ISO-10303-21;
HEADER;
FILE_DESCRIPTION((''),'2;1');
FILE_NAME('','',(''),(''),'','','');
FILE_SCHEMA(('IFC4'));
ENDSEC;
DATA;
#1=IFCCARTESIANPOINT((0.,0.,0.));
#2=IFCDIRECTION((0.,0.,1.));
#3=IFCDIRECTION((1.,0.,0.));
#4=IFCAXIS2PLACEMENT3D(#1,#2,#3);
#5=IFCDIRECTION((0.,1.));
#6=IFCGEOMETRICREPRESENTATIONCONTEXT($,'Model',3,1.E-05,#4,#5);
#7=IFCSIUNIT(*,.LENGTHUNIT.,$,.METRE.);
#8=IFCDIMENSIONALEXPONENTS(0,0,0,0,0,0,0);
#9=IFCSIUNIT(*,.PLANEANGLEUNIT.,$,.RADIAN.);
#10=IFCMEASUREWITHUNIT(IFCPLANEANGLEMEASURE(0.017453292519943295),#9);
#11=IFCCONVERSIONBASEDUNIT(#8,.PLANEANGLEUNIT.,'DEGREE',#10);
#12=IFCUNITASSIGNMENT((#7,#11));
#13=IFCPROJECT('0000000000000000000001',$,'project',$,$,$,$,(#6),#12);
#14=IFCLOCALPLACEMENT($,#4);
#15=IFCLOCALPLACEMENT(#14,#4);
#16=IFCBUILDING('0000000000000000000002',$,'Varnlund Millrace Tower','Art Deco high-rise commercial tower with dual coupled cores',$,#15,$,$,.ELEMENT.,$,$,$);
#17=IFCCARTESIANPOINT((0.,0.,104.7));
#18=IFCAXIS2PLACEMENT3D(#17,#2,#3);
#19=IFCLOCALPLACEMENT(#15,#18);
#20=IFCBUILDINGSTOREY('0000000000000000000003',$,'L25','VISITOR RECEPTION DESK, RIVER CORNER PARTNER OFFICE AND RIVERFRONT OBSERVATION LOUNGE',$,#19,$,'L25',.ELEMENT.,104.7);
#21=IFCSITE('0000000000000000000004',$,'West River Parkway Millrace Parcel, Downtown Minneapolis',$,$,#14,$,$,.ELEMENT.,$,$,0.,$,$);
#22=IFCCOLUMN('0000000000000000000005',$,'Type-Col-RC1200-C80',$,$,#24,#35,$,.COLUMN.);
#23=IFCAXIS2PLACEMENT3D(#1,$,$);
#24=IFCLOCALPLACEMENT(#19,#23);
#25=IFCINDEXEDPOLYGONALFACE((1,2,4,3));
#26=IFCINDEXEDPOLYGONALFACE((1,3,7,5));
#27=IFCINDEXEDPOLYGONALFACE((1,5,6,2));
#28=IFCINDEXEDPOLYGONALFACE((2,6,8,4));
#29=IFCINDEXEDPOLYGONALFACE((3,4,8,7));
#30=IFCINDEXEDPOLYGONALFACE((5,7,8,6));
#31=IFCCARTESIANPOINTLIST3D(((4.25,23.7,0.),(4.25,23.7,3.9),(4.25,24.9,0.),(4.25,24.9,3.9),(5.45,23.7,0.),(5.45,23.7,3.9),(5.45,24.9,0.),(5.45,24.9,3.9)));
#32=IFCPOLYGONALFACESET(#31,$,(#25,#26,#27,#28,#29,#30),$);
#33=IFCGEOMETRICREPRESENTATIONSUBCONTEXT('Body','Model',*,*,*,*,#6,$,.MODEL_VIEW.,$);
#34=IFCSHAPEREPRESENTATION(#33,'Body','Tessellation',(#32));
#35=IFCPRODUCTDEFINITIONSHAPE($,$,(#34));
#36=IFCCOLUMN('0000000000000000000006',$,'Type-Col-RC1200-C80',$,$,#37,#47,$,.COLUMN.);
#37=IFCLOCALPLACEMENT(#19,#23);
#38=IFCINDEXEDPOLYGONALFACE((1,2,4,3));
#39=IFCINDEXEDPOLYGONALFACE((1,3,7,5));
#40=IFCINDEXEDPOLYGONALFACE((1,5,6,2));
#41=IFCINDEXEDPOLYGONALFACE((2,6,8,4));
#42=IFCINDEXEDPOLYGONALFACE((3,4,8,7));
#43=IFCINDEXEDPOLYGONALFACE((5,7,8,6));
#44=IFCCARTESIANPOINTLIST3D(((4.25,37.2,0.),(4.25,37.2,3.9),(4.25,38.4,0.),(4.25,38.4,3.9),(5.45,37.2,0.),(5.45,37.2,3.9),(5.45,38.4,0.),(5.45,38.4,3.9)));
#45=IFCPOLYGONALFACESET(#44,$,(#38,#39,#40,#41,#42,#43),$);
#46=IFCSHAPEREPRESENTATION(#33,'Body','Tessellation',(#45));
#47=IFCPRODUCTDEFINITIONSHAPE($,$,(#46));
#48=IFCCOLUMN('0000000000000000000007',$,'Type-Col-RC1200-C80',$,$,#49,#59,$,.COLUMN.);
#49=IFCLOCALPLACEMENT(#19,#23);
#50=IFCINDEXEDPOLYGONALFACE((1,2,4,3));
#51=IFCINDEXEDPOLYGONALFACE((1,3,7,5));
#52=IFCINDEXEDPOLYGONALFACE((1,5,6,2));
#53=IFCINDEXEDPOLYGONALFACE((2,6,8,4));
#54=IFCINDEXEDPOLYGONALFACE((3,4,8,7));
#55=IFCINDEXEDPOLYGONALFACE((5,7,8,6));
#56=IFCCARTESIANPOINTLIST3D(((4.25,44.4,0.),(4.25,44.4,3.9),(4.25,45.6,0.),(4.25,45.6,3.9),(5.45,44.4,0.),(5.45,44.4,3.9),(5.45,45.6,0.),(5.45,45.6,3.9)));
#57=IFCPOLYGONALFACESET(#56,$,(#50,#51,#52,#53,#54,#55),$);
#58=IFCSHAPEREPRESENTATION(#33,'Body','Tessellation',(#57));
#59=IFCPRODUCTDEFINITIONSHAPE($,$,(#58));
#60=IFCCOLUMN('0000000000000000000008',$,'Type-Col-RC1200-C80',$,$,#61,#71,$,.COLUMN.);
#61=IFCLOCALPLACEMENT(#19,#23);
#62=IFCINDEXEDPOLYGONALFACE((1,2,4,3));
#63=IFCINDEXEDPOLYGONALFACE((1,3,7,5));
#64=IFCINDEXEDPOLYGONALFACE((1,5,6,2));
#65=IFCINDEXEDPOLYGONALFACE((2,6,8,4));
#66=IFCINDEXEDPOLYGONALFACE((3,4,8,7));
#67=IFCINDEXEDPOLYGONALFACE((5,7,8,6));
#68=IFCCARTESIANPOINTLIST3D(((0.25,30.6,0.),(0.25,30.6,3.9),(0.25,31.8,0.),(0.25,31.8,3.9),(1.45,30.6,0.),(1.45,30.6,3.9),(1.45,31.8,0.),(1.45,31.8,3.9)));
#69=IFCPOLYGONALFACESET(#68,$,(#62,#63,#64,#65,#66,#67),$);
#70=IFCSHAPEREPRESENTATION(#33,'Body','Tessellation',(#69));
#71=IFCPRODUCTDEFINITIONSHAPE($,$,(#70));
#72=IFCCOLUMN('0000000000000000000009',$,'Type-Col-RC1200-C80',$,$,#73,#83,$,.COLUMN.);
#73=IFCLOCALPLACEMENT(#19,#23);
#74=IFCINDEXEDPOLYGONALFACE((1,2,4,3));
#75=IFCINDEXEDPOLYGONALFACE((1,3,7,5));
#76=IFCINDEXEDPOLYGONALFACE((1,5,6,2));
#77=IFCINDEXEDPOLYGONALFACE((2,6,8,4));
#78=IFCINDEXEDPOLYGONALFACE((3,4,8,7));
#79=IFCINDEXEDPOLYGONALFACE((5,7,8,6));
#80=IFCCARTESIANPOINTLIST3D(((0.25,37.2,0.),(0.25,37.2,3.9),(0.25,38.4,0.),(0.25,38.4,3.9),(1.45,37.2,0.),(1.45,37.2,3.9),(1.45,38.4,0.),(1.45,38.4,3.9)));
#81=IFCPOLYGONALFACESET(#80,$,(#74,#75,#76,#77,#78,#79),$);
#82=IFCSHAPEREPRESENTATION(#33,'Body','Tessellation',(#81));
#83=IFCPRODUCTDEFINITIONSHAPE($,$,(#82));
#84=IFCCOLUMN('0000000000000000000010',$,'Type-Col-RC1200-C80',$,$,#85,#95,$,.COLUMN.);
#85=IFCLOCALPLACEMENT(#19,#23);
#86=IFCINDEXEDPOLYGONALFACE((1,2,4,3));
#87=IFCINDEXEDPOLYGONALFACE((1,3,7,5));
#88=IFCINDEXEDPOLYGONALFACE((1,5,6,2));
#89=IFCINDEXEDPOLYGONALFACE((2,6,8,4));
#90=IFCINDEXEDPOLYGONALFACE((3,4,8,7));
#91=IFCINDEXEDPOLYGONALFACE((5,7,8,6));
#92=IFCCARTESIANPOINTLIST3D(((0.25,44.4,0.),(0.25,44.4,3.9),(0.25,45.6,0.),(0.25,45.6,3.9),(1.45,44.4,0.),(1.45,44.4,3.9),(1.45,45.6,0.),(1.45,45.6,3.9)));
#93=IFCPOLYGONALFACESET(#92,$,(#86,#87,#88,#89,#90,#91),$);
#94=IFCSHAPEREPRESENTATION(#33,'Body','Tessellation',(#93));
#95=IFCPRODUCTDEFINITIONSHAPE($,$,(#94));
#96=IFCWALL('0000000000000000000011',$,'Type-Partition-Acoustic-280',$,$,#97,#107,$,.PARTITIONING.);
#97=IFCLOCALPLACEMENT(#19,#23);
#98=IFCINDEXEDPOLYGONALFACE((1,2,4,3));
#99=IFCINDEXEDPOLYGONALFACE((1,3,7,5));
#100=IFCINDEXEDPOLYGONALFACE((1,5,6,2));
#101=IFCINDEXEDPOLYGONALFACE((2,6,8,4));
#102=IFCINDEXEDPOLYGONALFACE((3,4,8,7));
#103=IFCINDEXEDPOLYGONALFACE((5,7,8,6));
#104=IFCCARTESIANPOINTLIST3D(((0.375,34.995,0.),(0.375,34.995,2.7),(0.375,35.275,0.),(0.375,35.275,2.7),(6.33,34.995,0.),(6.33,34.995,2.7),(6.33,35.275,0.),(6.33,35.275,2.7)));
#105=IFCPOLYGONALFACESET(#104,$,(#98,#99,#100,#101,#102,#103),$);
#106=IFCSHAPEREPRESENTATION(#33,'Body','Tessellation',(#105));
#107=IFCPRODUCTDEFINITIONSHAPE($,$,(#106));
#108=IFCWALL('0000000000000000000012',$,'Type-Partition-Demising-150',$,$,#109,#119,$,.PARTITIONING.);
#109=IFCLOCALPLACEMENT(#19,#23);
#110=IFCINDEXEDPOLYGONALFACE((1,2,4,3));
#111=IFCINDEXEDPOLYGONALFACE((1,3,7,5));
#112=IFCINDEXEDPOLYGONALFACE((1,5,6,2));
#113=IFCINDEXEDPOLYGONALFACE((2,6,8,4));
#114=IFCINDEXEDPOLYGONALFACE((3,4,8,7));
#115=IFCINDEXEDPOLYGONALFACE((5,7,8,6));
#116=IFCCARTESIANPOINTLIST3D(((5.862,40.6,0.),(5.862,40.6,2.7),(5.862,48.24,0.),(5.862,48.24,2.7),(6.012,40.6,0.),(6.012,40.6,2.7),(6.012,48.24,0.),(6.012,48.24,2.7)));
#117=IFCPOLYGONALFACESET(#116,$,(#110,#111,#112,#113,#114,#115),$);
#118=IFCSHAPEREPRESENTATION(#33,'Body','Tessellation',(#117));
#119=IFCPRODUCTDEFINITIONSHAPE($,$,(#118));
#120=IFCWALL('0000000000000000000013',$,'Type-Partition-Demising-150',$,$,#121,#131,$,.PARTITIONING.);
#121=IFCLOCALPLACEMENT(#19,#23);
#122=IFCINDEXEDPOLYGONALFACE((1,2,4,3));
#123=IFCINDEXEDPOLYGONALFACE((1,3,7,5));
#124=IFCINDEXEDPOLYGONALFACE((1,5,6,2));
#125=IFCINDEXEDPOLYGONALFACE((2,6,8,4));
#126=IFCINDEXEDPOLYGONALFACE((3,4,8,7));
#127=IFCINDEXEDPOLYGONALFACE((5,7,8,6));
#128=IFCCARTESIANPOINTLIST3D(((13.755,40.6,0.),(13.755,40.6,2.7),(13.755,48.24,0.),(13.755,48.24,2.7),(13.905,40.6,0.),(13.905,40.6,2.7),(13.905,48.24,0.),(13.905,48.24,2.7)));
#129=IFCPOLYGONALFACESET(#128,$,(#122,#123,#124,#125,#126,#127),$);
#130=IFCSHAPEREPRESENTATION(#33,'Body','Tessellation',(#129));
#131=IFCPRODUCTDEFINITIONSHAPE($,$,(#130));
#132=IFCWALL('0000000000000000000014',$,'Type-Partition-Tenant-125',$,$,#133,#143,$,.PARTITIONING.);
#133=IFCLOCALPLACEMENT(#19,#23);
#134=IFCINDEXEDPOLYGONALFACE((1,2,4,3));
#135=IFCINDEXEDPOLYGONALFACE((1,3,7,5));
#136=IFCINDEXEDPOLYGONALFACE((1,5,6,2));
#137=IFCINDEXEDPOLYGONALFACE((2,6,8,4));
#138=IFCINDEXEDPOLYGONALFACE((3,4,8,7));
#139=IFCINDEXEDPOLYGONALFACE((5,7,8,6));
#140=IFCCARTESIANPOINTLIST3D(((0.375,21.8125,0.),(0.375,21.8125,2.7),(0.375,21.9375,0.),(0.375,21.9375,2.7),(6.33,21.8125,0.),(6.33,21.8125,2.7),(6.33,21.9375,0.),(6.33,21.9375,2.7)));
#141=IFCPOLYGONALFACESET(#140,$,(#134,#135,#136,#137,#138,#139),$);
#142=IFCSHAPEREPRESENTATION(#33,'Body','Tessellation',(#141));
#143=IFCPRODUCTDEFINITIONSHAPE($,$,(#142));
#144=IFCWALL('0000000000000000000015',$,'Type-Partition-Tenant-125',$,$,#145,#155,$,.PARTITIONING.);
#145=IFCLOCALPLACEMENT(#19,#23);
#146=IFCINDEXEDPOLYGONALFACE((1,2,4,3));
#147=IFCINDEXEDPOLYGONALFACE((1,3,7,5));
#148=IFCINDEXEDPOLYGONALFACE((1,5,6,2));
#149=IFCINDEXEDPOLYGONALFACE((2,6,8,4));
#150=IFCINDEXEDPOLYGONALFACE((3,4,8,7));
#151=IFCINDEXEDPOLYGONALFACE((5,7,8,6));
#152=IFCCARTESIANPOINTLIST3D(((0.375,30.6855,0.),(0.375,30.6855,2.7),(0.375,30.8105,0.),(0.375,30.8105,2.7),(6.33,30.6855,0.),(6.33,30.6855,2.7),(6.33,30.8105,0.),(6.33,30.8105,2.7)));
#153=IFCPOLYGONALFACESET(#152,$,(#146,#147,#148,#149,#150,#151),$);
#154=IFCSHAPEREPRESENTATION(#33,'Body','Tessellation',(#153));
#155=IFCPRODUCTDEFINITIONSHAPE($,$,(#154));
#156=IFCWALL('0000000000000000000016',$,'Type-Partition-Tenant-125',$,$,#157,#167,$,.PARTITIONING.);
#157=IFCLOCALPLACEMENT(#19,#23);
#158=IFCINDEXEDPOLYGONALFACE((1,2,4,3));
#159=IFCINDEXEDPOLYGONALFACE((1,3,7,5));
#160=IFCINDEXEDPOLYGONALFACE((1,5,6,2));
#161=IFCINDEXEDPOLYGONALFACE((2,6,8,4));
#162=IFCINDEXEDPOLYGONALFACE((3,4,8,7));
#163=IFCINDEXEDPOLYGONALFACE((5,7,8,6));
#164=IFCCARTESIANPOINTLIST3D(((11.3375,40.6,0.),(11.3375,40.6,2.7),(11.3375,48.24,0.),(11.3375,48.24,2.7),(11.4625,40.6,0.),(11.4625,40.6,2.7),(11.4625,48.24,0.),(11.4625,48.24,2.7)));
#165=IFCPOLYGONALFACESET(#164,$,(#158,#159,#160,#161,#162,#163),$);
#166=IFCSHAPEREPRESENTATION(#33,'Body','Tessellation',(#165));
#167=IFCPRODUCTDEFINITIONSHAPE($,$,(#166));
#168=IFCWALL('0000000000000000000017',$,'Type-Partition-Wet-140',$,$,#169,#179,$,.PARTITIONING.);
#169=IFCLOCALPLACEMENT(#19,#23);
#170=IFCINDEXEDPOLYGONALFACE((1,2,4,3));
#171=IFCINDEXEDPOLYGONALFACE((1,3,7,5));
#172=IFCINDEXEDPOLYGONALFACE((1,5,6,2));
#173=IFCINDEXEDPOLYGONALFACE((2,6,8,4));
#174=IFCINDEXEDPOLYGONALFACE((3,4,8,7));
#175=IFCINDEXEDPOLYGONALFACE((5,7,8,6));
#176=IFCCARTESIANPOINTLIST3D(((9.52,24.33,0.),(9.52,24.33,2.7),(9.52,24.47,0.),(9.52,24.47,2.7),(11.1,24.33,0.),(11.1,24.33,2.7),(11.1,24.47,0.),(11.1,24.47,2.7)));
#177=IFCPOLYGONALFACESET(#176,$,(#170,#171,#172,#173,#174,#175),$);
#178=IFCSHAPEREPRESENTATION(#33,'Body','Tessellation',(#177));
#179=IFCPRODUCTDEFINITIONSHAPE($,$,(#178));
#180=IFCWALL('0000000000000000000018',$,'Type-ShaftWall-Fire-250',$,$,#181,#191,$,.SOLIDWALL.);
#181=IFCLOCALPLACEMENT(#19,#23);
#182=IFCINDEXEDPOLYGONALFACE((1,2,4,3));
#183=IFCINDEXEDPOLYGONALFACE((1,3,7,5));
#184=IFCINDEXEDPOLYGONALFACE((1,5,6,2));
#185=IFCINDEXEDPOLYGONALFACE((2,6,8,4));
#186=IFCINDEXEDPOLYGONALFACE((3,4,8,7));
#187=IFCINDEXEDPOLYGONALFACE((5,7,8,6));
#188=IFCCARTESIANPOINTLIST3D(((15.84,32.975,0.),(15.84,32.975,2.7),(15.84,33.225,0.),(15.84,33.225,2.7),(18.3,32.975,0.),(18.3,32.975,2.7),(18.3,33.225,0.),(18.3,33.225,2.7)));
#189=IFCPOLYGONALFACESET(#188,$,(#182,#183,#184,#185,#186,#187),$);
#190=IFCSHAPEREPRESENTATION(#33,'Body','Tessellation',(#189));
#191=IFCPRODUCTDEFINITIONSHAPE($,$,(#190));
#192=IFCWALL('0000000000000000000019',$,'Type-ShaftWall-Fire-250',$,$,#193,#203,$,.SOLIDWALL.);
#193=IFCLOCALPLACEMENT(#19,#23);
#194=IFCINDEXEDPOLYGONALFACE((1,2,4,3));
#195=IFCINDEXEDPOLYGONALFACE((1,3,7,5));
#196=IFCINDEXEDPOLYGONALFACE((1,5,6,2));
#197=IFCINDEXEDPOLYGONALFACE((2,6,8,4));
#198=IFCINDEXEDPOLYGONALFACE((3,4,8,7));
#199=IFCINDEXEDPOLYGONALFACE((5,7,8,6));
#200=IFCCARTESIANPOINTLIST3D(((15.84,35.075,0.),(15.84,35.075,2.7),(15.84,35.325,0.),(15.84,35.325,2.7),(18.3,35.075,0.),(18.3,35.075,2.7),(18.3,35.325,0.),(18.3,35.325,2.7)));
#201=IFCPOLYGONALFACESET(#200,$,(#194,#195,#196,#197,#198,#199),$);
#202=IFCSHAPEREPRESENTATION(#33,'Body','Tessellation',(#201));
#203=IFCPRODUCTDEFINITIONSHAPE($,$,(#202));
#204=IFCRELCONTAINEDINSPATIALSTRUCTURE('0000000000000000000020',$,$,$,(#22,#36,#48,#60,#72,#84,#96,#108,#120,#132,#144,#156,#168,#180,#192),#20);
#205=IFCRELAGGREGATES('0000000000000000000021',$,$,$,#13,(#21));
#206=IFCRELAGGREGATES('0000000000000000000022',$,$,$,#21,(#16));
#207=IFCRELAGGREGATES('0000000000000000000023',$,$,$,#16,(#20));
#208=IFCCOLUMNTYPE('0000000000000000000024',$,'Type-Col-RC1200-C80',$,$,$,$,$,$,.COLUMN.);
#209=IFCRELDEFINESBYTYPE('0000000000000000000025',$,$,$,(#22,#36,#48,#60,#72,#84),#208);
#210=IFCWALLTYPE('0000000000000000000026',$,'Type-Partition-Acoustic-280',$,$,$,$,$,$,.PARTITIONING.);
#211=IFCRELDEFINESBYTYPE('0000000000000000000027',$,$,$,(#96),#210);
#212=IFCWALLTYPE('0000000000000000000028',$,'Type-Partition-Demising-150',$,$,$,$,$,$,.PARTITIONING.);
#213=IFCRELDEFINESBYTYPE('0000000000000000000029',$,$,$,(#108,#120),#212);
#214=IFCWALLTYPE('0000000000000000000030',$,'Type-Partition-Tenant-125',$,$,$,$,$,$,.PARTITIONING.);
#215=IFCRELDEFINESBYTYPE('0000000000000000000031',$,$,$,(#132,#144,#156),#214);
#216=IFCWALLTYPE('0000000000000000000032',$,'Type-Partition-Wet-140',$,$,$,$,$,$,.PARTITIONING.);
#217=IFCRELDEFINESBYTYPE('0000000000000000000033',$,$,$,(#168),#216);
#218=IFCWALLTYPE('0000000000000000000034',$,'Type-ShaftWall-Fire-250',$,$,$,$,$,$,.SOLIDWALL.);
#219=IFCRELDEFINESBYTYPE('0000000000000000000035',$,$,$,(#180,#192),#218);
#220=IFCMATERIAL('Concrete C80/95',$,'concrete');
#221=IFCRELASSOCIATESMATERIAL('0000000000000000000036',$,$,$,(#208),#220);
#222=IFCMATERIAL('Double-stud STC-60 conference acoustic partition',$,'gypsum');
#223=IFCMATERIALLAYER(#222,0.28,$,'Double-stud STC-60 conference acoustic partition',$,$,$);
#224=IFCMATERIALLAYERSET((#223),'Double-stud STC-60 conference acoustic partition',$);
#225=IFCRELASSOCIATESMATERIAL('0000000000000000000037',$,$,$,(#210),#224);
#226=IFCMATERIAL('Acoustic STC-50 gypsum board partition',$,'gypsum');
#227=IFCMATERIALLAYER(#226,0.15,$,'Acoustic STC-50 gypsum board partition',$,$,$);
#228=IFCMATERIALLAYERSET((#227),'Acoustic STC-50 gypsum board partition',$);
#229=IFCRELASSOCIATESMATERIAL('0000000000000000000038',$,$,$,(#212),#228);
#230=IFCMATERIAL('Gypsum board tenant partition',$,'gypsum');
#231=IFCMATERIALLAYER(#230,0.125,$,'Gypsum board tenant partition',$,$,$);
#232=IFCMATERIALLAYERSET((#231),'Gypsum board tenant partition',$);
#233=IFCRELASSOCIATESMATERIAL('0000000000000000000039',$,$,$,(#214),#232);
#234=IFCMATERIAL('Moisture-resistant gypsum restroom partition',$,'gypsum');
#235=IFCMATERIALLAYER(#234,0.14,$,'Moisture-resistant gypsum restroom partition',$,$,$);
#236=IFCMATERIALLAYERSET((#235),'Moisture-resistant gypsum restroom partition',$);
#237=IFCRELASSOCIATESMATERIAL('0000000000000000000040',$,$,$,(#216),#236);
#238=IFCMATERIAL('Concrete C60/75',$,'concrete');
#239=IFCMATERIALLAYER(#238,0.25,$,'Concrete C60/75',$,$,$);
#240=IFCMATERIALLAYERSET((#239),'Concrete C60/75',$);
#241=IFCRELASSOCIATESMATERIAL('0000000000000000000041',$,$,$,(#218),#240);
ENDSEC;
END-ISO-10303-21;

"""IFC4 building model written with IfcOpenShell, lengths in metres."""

from ifc_helpers import new_model, entity, si_unit, converted_unit, direction, frame, origin_with_axes, origin_2d_with_axis, place, context, subcontext, project, spatial, polyline, rectangle, outline, extrude, material, layer, layer_set, material_profile, profile_set, type_object, element, save


model = new_model("IFC4")

# Units and contexts
model_context = context("Model", 3, precision=1e-05, world=origin_with_axes(), true_north=direction((0.0, 1.0)))
body_context = subcontext(model_context, "Body", "Model", "MODEL_VIEW")
ifc_project = project(units=[si_unit("LENGTHUNIT", "METRE"), converted_unit("PLANEANGLEUNIT", "DEGREE", entity("IfcPlaneAngleMeasure", 0.017453292519943295), si_unit("PLANEANGLEUNIT", "RADIAN"), dimensions=[0, 0, 0, 0, 0, 0, 0])], contexts=[model_context])

# Site, building, storey
site_placement = place(None, origin_with_axes())
site = spatial("IfcSite", under=ifc_project, at=site_placement, Name="West River Parkway Millrace Parcel, Downtown Minneapolis", CompositionType="ELEMENT", RefElevation=0.0)
building_placement = place(site_placement, origin_with_axes())
building = spatial("IfcBuilding", under=site, at=building_placement, Name="Varnlund Millrace Tower", Description="Art Deco high-rise commercial tower with dual coupled cores", CompositionType="ELEMENT")
storey_placement = place(building_placement, frame((0.0, 0.0, 104.7), z_axis=(0.0, 0.0, 1.0), x_axis=(1.0, 0.0, 0.0)))
storey = spatial("IfcBuildingStorey", under=building, at=storey_placement, Name="L25", Description="VISITOR RECEPTION DESK, RIVER CORNER PARTNER OFFICE AND RIVERFRONT OBSERVATION LOUNGE", LongName="L25", CompositionType="ELEMENT", Elevation=104.7)

# Columns
ifc_material_1 = material(Name="Concrete C80/95", Category="concrete")
ifc_material_profile = material_profile(ifc_material_1, rectangle(XDim=1.2, YDim=1.2, at=origin_2d_with_axis()), Name="Concrete C80/95")
ifc_profile_set = profile_set([ifc_material_profile], Name="Concrete C80/95")
column_type = type_object("IfcColumnType", Name="Type-Col-RC1200-C80", PredefinedType="COLUMN", material=ifc_profile_set)
for number, where, z_axis, x_axis, name in (
    (1, (4.85, 24.3, 0.0), (0.0, 0.0, 1.0), (1.0, 0.0, 0.0), "Type-Col-RC1200-C80"),
    (2, (4.85, 37.8, 0.0), (0.0, 0.0, 1.0), (1.0, 0.0, 0.0), "Type-Col-RC1200-C80"),
    (3, (4.85, 45.0, 0.0), (0.0, 0.0, 1.0), (1.0, 0.0, 0.0), "Type-Col-RC1200-C80"),
    (4, (0.85, 31.2, 0.0), (0.0, 0.0, 1.0), (1.0, 0.0, 0.0), "Type-Col-RC1200-C80"),
    (5, (0.85, 37.8, 0.0), (0.0, 0.0, 1.0), (1.0, 0.0, 0.0), "Type-Col-RC1200-C80"),
    (6, (0.85, 45.0, 0.0), (0.0, 0.0, 1.0), (1.0, 0.0, 0.0), "Type-Col-RC1200-C80"),
):
    element("IfcColumn", number, at=place(storey_placement, frame(where, z_axis=z_axis, x_axis=x_axis)), inside=storey, type_object=column_type, Name=name, PredefinedType="COLUMN", context=body_context, shape_type="SweptSolid", body=[
        extrude(rectangle(XDim=1.2, YDim=1.2, at=origin_2d_with_axis()), origin_with_axes(), (0.0, 0.0, 1.0), 3.9),
    ])

# Wall
ifc_material_2 = material(Name="Double-stud STC-60 conference acoustic partition", Category="gypsum")
ifc_layer_1 = layer(ifc_material_2, 0.28, Name="Double-stud STC-60 conference acoustic partition")
ifc_layer_set_1 = layer_set([ifc_layer_1], Name="Double-stud STC-60 conference acoustic partition")
wall_type_1 = type_object("IfcWallType", Name="Type-Partition-Acoustic-280", PredefinedType="PARTITIONING", material=ifc_layer_set_1)
wall_1_placement = place(storey_placement, frame((0.375, 35.135, 0.0), z_axis=(0.0, 0.0, 1.0), x_axis=(1.0, 0.0, 0.0)))
element("IfcWall", 7, at=wall_1_placement, inside=storey, type_object=wall_type_1, Name="Type-Partition-Acoustic-280", PredefinedType="PARTITIONING", context=body_context, shape_type="SweptSolid", body=[
    extrude(outline(polyline([(0.0, -0.14), (5.955, -0.14), (5.955, 0.14), (0.0, 0.14), (0.0, -0.14)])), origin_with_axes(), (0.0, 0.0, 1.0), 2.7),
])

# Walls
ifc_material_3 = material(Name="Acoustic STC-50 gypsum board partition", Category="gypsum")
ifc_layer_2 = layer(ifc_material_3, 0.15, Name="Acoustic STC-50 gypsum board partition")
ifc_layer_set_2 = layer_set([ifc_layer_2], Name="Acoustic STC-50 gypsum board partition")
wall_type_2 = type_object("IfcWallType", Name="Type-Partition-Demising-150", PredefinedType="PARTITIONING", material=ifc_layer_set_2)
for number, where, z_axis, x_axis, name in (
    (8, (5.937, 40.6, 0.0), (0.0, 0.0, 1.0), (0.0, 1.0, 0.0), "Type-Partition-Demising-150"),
    (9, (13.83, 40.6, 0.0), (0.0, 0.0, 1.0), (0.0, 1.0, 0.0), "Type-Partition-Demising-150"),
):
    element("IfcWall", number, at=place(storey_placement, frame(where, z_axis=z_axis, x_axis=x_axis)), inside=storey, type_object=wall_type_2, Name=name, PredefinedType="PARTITIONING", context=body_context, shape_type="SweptSolid", body=[
        extrude(outline(polyline([(0.0, -0.075), (7.64, -0.075), (7.64, 0.075), (0.0, 0.075), (0.0, -0.075)])), origin_with_axes(), (0.0, 0.0, 1.0), 2.7),
    ])
ifc_material_4 = material(Name="Gypsum board tenant partition", Category="gypsum")
ifc_layer_3 = layer(ifc_material_4, 0.125, Name="Gypsum board tenant partition")
ifc_layer_set_3 = layer_set([ifc_layer_3], Name="Gypsum board tenant partition")
wall_type_3 = type_object("IfcWallType", Name="Type-Partition-Tenant-125", PredefinedType="PARTITIONING", material=ifc_layer_set_3)
for number, where, z_axis, x_axis, name in (
    (10, (0.375, 21.875, 0.0), (0.0, 0.0, 1.0), (1.0, 0.0, 0.0), "Type-Partition-Tenant-125"),
    (11, (0.375, 30.748, 0.0), (0.0, 0.0, 1.0), (1.0, 0.0, 0.0), "Type-Partition-Tenant-125"),
):
    element("IfcWall", number, at=place(storey_placement, frame(where, z_axis=z_axis, x_axis=x_axis)), inside=storey, type_object=wall_type_3, Name=name, PredefinedType="PARTITIONING", context=body_context, shape_type="SweptSolid", body=[
        extrude(outline(polyline([(0.0, -0.0625), (5.955, -0.0625), (5.955, 0.0625), (0.0, 0.0625), (0.0, -0.0625)])), origin_with_axes(), (0.0, 0.0, 1.0), 2.7),
    ])
wall_2_placement = place(storey_placement, frame((11.4, 40.6, 0.0), z_axis=(0.0, 0.0, 1.0), x_axis=(0.0, 1.0, 0.0)))
element("IfcWall", 12, at=wall_2_placement, inside=storey, type_object=wall_type_3, Name="Type-Partition-Tenant-125", PredefinedType="PARTITIONING", context=body_context, shape_type="SweptSolid", body=[
    extrude(outline(polyline([(0.0, -0.0625), (7.64, -0.0625), (7.64, 0.0625), (0.0, 0.0625), (0.0, -0.0625)])), origin_with_axes(), (0.0, 0.0, 1.0), 2.7),
])
ifc_material_5 = material(Name="Moisture-resistant gypsum restroom partition", Category="gypsum")
ifc_layer_4 = layer(ifc_material_5, 0.14, Name="Moisture-resistant gypsum restroom partition")
ifc_layer_set_4 = layer_set([ifc_layer_4], Name="Moisture-resistant gypsum restroom partition")
wall_type_4 = type_object("IfcWallType", Name="Type-Partition-Wet-140", PredefinedType="PARTITIONING", material=ifc_layer_set_4)
wall_3_placement = place(storey_placement, frame((9.52, 24.4, 0.0), z_axis=(0.0, 0.0, 1.0), x_axis=(1.0, 0.0, 0.0)))
element("IfcWall", 13, at=wall_3_placement, inside=storey, type_object=wall_type_4, Name="Type-Partition-Wet-140", PredefinedType="PARTITIONING", context=body_context, shape_type="SweptSolid", body=[
    extrude(outline(polyline([(0.0, -0.07), (1.58, -0.07), (1.58, 0.07), (0.0, 0.07), (0.0, -0.07)])), origin_with_axes(), (0.0, 0.0, 1.0), 2.7),
])
ifc_material_6 = material(Name="Concrete C60/75", Category="concrete")
ifc_layer_5 = layer(ifc_material_6, 0.25, Name="Concrete C60/75")
ifc_layer_set_5 = layer_set([ifc_layer_5], Name="Concrete C60/75")
wall_type_5 = type_object("IfcWallType", Name="Type-ShaftWall-Fire-250", PredefinedType="SOLIDWALL", material=ifc_layer_set_5)
for number, where, z_axis, x_axis, name in (
    (14, (15.84, 33.1, 0.0), (0.0, 0.0, 1.0), (1.0, 0.0, 0.0), "Type-ShaftWall-Fire-250"),
    (15, (15.84, 35.2, 0.0), (0.0, 0.0, 1.0), (1.0, 0.0, 0.0), "Type-ShaftWall-Fire-250"),
):
    element("IfcWall", number, at=place(storey_placement, frame(where, z_axis=z_axis, x_axis=x_axis)), inside=storey, type_object=wall_type_5, Name=name, PredefinedType="SOLIDWALL", context=body_context, shape_type="SweptSolid", body=[
        extrude(outline(polyline([(0.0, -0.125), (2.46, -0.125), (2.46, 0.125), (0.0, 0.125), (0.0, -0.125)])), origin_with_axes(), (0.0, 0.0, 1.0), 2.7),
    ])

save(model, "model.ifc")
